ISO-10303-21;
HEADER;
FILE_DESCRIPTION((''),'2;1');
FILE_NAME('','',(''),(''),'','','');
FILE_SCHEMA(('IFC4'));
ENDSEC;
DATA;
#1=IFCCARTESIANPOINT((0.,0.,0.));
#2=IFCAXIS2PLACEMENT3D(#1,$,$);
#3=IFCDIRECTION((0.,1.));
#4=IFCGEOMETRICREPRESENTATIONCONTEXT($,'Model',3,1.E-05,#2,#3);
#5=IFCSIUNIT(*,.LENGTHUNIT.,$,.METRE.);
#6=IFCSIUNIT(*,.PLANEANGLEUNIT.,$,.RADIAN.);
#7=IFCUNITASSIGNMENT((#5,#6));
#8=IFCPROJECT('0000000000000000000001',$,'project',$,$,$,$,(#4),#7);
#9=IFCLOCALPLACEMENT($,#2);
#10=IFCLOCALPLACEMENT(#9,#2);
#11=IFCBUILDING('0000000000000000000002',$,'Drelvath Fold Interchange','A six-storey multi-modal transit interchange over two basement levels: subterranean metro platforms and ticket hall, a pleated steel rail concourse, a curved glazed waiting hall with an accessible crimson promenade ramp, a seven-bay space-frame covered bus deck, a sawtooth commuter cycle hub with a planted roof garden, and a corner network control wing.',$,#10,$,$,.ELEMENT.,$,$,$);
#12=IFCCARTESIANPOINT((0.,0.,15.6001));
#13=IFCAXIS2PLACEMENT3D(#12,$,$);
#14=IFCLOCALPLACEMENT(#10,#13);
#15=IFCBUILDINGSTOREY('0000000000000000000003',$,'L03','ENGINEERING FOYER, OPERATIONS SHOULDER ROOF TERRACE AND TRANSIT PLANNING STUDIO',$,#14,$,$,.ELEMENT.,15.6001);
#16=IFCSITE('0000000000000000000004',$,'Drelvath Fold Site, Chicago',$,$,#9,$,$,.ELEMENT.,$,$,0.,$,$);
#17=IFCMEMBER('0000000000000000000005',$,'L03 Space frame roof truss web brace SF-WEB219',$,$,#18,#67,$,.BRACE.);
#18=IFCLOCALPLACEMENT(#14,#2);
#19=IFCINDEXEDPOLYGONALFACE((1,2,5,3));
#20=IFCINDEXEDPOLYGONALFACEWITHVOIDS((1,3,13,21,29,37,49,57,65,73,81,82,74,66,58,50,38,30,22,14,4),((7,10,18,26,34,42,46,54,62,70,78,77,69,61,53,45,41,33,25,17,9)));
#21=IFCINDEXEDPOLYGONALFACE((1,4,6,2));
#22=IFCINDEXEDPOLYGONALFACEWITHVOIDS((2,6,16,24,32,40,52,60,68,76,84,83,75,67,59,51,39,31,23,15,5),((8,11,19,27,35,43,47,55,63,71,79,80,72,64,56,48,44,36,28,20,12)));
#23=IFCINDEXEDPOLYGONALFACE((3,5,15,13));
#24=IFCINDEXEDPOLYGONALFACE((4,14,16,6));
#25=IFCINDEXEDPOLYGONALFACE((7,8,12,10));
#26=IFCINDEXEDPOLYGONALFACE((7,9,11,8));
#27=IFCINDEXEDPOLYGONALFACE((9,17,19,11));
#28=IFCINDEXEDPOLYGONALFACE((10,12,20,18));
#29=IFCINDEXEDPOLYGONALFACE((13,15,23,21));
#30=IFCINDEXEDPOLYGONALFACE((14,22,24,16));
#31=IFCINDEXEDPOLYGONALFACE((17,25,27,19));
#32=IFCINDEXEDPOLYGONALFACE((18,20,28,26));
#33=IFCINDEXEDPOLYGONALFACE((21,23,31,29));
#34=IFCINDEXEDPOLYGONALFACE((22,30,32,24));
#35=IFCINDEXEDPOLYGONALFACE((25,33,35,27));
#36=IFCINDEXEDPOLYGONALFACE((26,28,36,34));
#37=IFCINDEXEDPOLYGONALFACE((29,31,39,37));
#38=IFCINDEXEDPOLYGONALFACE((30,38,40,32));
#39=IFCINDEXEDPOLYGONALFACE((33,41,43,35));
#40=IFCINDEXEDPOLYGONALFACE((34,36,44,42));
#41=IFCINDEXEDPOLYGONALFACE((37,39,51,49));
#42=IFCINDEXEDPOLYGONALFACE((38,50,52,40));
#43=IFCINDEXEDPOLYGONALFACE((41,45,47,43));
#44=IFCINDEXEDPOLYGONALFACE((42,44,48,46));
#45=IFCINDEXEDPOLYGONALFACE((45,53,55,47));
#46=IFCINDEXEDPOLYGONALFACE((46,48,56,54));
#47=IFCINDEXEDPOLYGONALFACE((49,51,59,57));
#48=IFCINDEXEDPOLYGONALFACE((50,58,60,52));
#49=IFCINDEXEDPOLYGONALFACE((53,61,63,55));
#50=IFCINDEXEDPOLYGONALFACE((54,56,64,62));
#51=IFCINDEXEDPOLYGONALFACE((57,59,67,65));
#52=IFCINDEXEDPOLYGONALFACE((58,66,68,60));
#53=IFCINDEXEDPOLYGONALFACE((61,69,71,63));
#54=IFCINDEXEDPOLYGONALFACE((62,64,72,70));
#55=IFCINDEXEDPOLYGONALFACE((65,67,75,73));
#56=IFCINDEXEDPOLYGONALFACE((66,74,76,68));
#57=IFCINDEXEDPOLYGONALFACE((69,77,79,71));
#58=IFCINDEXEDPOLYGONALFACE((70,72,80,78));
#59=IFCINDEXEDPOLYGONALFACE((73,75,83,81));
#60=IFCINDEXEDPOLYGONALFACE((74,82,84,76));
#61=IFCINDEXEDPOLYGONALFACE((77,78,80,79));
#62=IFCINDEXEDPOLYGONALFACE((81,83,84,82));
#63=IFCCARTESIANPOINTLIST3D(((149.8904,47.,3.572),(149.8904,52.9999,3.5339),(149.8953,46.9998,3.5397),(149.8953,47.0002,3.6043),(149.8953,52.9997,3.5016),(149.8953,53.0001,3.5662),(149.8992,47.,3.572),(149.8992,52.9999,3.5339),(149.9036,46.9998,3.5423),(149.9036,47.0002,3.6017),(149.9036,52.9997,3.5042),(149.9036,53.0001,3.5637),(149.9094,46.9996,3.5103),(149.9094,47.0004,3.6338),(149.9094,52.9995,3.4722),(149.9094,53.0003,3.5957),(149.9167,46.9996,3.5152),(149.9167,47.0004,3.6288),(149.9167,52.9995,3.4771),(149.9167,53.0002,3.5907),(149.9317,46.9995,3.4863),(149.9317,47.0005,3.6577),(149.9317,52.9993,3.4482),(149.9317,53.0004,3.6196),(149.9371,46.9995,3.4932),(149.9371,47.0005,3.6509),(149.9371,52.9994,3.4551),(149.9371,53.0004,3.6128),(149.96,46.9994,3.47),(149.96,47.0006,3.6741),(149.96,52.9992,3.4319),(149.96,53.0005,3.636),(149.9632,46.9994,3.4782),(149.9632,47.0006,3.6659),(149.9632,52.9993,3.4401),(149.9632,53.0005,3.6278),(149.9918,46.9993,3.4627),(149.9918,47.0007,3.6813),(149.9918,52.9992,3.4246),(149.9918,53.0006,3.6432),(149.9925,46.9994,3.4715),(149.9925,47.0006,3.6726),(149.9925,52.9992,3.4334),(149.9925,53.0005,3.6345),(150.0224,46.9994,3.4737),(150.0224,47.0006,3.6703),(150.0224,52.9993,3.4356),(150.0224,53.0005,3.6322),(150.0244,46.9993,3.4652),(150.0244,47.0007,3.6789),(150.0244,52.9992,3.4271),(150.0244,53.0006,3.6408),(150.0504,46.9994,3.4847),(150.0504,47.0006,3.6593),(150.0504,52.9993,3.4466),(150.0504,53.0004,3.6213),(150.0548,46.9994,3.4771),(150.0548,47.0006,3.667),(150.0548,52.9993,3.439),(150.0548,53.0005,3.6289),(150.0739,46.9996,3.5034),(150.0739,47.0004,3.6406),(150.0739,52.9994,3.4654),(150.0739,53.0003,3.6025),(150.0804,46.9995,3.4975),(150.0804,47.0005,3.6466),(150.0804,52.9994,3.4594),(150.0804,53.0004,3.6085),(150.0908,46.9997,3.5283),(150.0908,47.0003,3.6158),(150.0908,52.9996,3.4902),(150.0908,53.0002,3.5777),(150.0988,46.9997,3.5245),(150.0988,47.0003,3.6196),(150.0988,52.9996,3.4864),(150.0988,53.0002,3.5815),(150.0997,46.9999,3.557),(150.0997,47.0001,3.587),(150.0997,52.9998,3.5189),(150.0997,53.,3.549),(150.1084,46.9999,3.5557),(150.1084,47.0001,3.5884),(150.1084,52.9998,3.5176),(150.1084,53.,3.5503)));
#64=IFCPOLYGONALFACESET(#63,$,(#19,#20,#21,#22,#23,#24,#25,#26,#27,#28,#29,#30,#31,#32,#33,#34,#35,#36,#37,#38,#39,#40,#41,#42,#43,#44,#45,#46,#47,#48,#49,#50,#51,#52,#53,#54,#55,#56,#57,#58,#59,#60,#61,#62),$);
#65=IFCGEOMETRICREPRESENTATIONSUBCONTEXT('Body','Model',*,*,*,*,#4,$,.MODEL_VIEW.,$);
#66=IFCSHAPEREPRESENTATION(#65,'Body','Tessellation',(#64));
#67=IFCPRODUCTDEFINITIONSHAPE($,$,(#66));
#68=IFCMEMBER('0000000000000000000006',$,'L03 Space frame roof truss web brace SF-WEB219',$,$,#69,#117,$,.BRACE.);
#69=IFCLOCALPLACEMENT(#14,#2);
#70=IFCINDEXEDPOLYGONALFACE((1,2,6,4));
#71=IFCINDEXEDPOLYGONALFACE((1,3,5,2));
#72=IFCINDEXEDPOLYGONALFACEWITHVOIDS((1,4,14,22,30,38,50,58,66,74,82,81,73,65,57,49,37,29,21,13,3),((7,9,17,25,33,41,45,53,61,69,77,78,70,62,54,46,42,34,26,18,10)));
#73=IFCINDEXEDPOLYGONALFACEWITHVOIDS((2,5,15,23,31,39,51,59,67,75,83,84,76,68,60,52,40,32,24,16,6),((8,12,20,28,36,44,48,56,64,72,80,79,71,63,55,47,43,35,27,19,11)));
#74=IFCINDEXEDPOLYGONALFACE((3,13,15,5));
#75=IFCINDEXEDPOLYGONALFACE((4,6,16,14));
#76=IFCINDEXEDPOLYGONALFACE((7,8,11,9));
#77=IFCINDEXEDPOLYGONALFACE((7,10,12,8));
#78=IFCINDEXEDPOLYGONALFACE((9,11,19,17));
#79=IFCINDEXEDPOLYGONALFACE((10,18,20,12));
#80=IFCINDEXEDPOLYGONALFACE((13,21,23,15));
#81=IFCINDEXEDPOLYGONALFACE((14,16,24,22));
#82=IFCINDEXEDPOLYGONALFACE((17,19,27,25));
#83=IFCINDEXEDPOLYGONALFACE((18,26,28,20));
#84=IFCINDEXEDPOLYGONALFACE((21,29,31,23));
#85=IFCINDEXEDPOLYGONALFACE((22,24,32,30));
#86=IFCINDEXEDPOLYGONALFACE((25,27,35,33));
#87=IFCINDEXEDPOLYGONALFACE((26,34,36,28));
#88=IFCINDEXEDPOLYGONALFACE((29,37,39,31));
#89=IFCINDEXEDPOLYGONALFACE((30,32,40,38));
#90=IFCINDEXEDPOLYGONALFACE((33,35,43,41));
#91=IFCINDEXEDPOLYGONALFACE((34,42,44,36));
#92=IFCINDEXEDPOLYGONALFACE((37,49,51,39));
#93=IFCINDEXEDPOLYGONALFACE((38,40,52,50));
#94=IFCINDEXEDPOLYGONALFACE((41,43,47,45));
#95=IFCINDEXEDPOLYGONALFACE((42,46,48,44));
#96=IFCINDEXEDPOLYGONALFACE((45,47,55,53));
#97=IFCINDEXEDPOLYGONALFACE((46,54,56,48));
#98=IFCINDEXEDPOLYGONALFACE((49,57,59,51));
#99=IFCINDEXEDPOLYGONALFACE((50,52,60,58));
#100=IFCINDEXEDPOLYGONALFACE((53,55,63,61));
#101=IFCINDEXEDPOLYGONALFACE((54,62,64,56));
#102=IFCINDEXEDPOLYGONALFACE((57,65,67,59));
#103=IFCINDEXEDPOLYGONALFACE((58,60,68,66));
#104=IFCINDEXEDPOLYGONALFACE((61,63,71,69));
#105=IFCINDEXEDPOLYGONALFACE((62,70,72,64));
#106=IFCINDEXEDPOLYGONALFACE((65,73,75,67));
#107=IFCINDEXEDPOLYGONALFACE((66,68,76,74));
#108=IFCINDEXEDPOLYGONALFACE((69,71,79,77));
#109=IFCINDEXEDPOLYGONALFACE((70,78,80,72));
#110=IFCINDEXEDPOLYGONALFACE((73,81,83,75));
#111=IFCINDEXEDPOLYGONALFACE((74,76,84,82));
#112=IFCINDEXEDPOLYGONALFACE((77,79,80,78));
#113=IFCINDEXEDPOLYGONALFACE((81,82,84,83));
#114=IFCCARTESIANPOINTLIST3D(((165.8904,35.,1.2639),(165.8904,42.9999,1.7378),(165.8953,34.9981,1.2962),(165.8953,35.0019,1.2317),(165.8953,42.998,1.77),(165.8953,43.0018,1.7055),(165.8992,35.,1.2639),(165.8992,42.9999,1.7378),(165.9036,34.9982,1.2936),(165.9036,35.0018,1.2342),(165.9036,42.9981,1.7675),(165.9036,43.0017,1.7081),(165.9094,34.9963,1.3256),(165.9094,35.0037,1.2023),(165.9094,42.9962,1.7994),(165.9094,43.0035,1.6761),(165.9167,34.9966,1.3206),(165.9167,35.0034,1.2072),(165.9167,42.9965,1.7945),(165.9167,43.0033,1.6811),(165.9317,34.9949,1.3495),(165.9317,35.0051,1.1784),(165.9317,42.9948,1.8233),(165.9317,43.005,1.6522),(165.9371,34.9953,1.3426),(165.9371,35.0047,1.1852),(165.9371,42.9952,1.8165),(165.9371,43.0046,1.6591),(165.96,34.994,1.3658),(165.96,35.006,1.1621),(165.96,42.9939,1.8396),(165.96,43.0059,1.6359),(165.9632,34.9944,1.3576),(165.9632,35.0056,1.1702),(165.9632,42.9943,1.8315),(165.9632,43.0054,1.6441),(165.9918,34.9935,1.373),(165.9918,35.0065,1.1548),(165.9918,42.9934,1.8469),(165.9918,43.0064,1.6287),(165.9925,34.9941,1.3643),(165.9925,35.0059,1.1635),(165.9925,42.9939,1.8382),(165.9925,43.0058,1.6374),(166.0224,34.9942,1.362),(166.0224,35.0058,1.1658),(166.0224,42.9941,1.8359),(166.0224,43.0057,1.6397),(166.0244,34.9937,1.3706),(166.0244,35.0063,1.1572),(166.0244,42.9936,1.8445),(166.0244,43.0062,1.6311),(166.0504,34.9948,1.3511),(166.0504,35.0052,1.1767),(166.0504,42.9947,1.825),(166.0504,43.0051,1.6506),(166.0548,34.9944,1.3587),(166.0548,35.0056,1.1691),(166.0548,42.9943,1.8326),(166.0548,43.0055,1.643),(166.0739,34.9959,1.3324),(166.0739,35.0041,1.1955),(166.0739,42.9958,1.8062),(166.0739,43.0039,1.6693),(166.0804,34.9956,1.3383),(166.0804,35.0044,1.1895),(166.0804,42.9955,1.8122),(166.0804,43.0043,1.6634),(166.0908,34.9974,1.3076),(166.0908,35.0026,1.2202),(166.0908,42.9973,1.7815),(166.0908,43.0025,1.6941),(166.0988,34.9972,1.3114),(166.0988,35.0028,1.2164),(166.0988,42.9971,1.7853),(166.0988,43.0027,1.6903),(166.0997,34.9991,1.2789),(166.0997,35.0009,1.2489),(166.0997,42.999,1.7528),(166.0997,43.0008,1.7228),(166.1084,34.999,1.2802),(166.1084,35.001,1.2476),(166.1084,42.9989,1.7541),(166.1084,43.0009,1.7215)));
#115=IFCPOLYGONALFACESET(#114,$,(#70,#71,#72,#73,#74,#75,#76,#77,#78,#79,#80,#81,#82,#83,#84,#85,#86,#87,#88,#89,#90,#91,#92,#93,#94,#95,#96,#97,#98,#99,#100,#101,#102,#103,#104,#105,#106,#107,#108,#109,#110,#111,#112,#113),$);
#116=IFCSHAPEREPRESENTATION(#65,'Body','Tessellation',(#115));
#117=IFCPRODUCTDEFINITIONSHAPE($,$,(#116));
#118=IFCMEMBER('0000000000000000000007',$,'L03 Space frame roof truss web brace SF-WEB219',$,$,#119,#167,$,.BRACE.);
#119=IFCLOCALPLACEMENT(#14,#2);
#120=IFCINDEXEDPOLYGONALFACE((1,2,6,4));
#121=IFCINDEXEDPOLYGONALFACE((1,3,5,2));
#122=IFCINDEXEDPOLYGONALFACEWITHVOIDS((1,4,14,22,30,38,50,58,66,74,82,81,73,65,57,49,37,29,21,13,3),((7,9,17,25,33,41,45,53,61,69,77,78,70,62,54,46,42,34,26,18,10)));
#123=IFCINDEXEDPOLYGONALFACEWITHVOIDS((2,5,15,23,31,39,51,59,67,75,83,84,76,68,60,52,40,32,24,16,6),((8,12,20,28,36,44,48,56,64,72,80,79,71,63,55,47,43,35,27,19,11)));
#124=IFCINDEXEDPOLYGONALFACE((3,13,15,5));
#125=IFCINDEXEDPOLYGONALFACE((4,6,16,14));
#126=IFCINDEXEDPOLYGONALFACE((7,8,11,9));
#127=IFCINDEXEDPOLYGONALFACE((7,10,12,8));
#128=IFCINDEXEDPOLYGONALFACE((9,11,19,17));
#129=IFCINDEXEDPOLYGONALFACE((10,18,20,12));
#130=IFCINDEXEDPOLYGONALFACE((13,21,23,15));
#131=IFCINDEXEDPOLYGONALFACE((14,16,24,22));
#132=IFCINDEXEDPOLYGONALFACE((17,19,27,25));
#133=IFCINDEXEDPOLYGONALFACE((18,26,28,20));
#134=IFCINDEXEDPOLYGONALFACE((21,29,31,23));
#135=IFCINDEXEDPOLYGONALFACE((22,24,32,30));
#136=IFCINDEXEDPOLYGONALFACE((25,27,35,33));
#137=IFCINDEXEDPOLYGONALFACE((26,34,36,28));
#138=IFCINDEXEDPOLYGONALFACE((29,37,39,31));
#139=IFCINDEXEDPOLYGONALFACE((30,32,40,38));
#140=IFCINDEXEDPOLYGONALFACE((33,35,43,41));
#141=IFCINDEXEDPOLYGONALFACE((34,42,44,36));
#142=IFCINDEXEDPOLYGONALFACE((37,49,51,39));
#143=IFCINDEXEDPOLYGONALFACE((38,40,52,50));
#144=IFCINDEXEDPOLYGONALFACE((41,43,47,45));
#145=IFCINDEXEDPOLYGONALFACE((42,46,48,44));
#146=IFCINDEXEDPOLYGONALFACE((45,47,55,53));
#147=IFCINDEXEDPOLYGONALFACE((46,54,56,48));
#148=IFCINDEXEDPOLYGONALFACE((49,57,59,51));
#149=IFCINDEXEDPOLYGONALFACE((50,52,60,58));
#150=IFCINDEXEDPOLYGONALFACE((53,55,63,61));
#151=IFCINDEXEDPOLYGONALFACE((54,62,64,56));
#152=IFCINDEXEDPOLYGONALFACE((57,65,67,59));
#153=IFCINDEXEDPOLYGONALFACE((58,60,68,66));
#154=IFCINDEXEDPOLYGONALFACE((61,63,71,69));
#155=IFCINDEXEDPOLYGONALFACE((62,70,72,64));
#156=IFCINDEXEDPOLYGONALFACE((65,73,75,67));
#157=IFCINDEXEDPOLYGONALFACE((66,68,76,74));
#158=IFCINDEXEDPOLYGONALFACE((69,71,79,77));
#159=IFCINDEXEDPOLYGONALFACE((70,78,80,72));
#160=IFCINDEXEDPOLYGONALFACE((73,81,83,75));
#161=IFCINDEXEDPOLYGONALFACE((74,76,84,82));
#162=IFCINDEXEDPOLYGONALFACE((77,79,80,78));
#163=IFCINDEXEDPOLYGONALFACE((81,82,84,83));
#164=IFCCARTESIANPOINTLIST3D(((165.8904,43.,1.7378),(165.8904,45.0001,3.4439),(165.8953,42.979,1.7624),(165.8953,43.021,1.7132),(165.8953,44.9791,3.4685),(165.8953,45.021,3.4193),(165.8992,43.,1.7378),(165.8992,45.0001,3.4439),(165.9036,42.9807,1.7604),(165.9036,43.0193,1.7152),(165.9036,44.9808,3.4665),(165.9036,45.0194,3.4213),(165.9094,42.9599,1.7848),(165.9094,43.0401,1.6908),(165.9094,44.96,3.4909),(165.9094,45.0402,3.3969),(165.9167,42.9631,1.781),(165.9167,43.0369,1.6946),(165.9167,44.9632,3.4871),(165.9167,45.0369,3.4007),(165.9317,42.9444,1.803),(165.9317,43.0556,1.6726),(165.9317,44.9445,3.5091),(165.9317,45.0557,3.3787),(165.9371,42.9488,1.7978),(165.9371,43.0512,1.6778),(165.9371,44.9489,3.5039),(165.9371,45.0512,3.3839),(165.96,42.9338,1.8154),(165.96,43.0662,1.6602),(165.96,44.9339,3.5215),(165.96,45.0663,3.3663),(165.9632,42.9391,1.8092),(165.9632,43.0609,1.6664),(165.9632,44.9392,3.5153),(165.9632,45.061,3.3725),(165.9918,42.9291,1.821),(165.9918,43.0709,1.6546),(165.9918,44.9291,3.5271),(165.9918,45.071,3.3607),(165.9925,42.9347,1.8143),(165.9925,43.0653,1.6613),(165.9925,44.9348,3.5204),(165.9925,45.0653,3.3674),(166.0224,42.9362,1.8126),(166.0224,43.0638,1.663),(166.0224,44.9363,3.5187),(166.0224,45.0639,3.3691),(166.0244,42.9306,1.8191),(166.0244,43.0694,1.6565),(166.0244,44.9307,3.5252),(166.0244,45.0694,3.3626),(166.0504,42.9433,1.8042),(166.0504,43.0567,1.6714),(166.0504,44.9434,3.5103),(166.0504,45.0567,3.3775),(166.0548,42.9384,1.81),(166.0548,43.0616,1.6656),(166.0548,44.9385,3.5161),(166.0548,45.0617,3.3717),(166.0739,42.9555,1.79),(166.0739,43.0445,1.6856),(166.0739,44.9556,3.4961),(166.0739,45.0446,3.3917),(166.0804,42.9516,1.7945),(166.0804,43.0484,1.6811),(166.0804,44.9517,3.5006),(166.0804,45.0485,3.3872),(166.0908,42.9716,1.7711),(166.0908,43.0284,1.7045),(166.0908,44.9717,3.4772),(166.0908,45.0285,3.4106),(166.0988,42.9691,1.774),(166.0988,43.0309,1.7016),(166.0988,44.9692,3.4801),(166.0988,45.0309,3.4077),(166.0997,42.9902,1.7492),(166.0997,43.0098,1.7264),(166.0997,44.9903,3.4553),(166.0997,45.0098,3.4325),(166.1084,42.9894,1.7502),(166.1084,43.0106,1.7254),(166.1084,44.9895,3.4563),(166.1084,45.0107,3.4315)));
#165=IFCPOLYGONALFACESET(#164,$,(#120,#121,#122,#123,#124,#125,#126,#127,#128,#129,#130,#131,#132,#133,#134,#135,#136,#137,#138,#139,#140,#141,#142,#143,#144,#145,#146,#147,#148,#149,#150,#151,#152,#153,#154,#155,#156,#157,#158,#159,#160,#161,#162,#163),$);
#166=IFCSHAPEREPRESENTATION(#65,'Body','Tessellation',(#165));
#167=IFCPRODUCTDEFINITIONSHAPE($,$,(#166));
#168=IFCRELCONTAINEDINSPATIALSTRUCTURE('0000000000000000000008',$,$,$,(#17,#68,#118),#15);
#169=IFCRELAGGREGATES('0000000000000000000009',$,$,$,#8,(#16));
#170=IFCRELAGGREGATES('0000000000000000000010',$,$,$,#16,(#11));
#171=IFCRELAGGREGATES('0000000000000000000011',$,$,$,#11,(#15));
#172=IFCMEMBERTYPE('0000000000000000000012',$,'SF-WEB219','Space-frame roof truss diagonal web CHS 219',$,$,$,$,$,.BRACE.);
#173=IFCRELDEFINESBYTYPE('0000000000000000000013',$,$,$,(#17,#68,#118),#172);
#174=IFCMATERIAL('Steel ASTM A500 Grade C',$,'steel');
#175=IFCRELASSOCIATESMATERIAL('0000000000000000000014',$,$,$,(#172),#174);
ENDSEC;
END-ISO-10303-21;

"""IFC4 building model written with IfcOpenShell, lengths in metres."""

from ifc_helpers import new_model, si_unit, direction, frame, origin, origin_2d, place, context, subcontext, project, spatial, hollow_circle, extrude, material, material_profile, profile_set, type_object, element, save


model = new_model("IFC4")

# Units and contexts
model_context = context("Model", 3, precision=1e-05, world=origin(), true_north=direction((0.0, 1.0)))
body_context = subcontext(model_context, "Body", "Model", "MODEL_VIEW")
ifc_project = project(units=[si_unit("LENGTHUNIT", "METRE"), si_unit("PLANEANGLEUNIT", "RADIAN")], contexts=[model_context])

# Site, building, storey
site_placement = place(None, origin())
site = spatial("IfcSite", under=ifc_project, at=site_placement, Name="Drelvath Fold Site, Chicago", CompositionType="ELEMENT", RefElevation=0.0)
building_placement = place(site_placement, origin())
building = spatial("IfcBuilding", under=site, at=building_placement, Name="Drelvath Fold Interchange", Description="A six-storey multi-modal transit interchange over two basement levels: subterranean metro platforms and ticket hall, a pleated steel rail concourse, a curved glazed waiting hall with an accessible crimson promenade ramp, a seven-bay space-frame covered bus deck, a sawtooth commuter cycle hub with a planted roof garden, and a corner network control wing.", CompositionType="ELEMENT")
storey_placement = place(building_placement, frame((0.0, 0.0, 15.6001)))
storey = spatial("IfcBuildingStorey", under=building, at=storey_placement, Name="L03", Description="ENGINEERING FOYER, OPERATIONS SHOULDER ROOF TERRACE AND TRANSIT PLANNING STUDIO", CompositionType="ELEMENT", Elevation=15.6001)

# Shared definitions
ifc_material_1 = material(Name="Steel ASTM A500 Grade C", Category="steel")

# Members
ifc_material_profile_1 = material_profile(ifc_material_1, hollow_circle(Radius=0.1096, WallThickness=0.0088, at=origin_2d()), Name="HSS8.625X0.375")
ifc_profile_set_1 = profile_set([ifc_material_profile_1], Name="Steel ASTM A500 Grade C")
member_type_1 = type_object("IfcMemberType", Name="SF-WEB219", Description="Space-frame roof truss diagonal web CHS 219", PredefinedType="BRACE", material=ifc_profile_set_1)
member_1_placement = place(storey_placement, frame((150.0, 47.0, 3.572), z_axis=(0.0, 0.99998, -0.006348), x_axis=(-1.0, 0.0, 0.0)))
element("IfcMember", 1, at=member_1_placement, inside=storey, type_object=member_type_1, Name="L03 Space frame roof truss web brace SF-WEB219", PredefinedType="BRACE", context=body_context, shape_type="SweptSolid", body=[
    extrude(hollow_circle(Radius=0.1096, WallThickness=0.0088, at=origin_2d()), origin(), (0.0, 0.0, 1.0), 6.0),
])
member_2_placement = place(storey_placement, frame((166.0, 35.0, 1.2639), z_axis=(0.0, 0.99825, 0.059131), x_axis=(-1.0, 0.0, 0.0)))
element("IfcMember", 2, at=member_2_placement, inside=storey, type_object=member_type_1, Name="L03 Space frame roof truss web brace SF-WEB219", PredefinedType="BRACE", context=body_context, shape_type="SweptSolid", body=[
    extrude(hollow_circle(Radius=0.1096, WallThickness=0.0088, at=origin_2d()), origin(), (0.0, 0.0, 1.0), 8.0139),
])
member_3_placement = place(storey_placement, frame((166.0, 43.0, 1.7378), z_axis=(0.0, 0.760802, 0.648985), x_axis=(-1.0, 0.0, 0.0)))
element("IfcMember", 3, at=member_3_placement, inside=storey, type_object=member_type_1, Name="L03 Space frame roof truss web brace SF-WEB219", PredefinedType="BRACE", context=body_context, shape_type="SweptSolid", body=[
    extrude(hollow_circle(Radius=0.1096, WallThickness=0.0088, at=origin_2d()), origin(), (0.0, 0.0, 1.0), 2.6289),
])

save(model, "model.ifc")
